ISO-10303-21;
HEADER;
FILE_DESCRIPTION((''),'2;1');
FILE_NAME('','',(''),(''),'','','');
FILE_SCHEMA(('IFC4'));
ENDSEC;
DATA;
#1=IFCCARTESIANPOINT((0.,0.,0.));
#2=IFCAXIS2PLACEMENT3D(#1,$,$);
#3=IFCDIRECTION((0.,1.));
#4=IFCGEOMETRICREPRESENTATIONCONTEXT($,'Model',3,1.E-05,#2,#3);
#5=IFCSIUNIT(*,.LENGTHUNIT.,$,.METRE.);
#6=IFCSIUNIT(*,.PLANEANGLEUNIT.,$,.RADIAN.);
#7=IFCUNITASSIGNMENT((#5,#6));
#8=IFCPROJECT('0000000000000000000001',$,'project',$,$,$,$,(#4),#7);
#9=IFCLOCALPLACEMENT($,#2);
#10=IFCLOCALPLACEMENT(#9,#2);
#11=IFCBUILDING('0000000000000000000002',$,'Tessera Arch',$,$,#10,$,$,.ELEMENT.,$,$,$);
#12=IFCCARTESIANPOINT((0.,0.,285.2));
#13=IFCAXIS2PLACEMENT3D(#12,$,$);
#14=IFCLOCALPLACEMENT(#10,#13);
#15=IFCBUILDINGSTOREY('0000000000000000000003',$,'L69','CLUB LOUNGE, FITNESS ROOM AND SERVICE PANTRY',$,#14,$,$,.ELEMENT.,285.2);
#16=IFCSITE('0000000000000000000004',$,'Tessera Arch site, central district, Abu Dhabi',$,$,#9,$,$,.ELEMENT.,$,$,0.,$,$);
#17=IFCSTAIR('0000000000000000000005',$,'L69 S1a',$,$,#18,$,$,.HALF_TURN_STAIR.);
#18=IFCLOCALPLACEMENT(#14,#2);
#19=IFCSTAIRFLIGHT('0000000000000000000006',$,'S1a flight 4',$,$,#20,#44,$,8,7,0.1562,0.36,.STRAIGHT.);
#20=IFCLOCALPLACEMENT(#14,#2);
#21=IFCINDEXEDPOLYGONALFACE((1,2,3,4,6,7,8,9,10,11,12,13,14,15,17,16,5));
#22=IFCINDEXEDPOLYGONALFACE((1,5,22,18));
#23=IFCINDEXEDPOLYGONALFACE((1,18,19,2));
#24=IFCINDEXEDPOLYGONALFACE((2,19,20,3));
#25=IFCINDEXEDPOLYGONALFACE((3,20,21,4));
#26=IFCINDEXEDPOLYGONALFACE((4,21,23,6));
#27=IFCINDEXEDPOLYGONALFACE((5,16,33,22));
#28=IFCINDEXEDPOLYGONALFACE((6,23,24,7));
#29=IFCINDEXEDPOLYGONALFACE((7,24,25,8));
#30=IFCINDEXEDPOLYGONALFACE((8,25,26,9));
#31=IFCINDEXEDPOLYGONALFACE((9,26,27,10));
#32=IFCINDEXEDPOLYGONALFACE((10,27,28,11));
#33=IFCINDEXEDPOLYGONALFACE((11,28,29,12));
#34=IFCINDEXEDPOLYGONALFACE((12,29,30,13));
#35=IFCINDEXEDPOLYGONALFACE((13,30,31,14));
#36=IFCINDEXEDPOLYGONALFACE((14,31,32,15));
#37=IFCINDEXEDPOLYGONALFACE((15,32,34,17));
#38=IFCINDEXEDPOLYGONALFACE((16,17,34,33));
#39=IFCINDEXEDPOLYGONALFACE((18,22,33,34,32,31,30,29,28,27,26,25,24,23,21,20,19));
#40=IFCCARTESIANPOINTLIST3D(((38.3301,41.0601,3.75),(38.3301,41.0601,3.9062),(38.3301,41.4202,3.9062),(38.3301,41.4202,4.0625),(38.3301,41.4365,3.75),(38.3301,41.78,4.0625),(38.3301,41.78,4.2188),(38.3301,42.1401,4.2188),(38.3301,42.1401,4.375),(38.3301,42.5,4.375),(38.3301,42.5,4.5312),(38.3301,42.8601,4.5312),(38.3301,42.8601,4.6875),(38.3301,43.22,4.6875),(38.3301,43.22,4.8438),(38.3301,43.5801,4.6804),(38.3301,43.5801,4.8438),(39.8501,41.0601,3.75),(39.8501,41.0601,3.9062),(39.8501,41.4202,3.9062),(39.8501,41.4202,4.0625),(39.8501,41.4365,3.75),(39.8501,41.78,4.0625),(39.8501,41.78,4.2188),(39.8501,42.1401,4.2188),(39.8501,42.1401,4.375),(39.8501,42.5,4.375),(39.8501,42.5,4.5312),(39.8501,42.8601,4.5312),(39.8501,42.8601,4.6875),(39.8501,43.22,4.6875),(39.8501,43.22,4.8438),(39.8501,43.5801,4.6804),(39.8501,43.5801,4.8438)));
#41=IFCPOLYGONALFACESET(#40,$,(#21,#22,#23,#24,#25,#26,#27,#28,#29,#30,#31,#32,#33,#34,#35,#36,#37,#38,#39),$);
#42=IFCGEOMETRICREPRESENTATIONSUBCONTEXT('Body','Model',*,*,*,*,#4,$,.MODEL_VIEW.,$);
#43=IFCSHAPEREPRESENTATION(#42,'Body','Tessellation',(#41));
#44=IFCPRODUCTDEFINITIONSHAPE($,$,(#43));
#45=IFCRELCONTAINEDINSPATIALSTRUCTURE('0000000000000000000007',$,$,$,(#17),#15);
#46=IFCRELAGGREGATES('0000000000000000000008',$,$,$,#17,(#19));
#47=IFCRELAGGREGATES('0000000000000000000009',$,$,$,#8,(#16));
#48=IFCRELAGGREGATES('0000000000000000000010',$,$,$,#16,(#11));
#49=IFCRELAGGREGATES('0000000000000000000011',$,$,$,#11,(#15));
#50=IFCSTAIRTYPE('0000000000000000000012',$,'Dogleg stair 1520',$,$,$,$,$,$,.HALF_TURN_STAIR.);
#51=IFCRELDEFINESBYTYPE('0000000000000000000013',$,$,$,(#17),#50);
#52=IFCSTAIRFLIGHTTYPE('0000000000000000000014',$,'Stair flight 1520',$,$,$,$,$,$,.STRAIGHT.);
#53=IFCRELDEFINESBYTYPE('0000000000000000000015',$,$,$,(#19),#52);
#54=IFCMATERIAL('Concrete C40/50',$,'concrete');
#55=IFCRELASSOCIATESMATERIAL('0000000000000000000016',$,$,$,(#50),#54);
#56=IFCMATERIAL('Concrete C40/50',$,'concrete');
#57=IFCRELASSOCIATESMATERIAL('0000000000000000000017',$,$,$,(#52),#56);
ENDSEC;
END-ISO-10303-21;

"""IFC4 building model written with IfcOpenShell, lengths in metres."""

from ifc_helpers import new_model, si_unit, direction, frame, origin, place, context, subcontext, project, spatial, polyline, outline, extrude, material, type_object, element, aggregate, save


model = new_model("IFC4")

# Units and contexts
model_context = context("Model", 3, precision=1e-05, world=origin(), true_north=direction((0.0, 1.0)))
body_context = subcontext(model_context, "Body", "Model", "MODEL_VIEW")
ifc_project = project(units=[si_unit("LENGTHUNIT", "METRE"), si_unit("PLANEANGLEUNIT", "RADIAN")], contexts=[model_context])

# Site, building, storey
site_placement = place(None, origin())
site = spatial("IfcSite", under=ifc_project, at=site_placement, Name="Tessera Arch site, central district, Abu Dhabi", CompositionType="ELEMENT", RefElevation=0.0)
building_placement = place(site_placement, origin())
building = spatial("IfcBuilding", under=site, at=building_placement, Name="Tessera Arch", CompositionType="ELEMENT")
storey_placement = place(building_placement, frame((0.0, 0.0, 285.2)))
storey = spatial("IfcBuildingStorey", under=building, at=storey_placement, Name="L69", Description="CLUB LOUNGE, FITNESS ROOM AND SERVICE PANTRY", CompositionType="ELEMENT", Elevation=285.2)

# Stair, stair flight
ifc_material_1 = material(Name="Concrete C40/50", Category="concrete")
stair_type = type_object("IfcStairType", Name="Dogleg stair 1520", PredefinedType="HALF_TURN_STAIR", material=ifc_material_1)
stair_placement = place(storey_placement, origin())
stair = element("IfcStair", 1, at=stair_placement, inside=storey, type_object=stair_type, Name="L69 S1a", PredefinedType="HALF_TURN_STAIR")
ifc_material_2 = material(Name="Concrete C40/50", Category="concrete")
stair_flight_type = type_object("IfcStairFlightType", Name="Stair flight 1520", PredefinedType="STRAIGHT", material=ifc_material_2)
stair_flight_1_placement = place(storey_placement, frame((39.0901, 41.0601, 3.75), z_axis=(0.0, 0.0, 1.0), x_axis=(0.0, 1.0, 0.0)))
stair_flight_1 = element("IfcStairFlight", 2, at=stair_flight_1_placement, type_object=stair_flight_type, Name="S1a flight 4", NumberOfRisers=8, NumberOfTreads=7, PredefinedType="STRAIGHT", RiserHeight=0.1562, TreadLength=0.36, context=body_context, shape_type="SweptSolid", body=[
    extrude(outline(polyline([(0.0, 0.0), (0.0, 0.1562), (0.3601, 0.1562), (0.3601, 0.3125), (0.72, 0.3125), (0.72, 0.4688), (1.0801, 0.4688), (1.0801, 0.625), (1.4399, 0.625), (1.4399, 0.7812), (1.8, 0.7812), (1.8, 0.9375), (2.1599, 0.9375), (2.1599, 1.0938), (2.52, 1.0938), (2.52, 1.25), (2.52, 0.9304), (0.3765, 0.0), (0.0, 0.0)])), frame((0.0, 0.76, 0.0), z_axis=(0.0, -1.0, 0.0), x_axis=(1.0, 0.0, 0.0)), (0.0, 0.0, 1.0), 1.52),
])
aggregate(stair, [stair_flight_1])

save(model, "model.ifc")
